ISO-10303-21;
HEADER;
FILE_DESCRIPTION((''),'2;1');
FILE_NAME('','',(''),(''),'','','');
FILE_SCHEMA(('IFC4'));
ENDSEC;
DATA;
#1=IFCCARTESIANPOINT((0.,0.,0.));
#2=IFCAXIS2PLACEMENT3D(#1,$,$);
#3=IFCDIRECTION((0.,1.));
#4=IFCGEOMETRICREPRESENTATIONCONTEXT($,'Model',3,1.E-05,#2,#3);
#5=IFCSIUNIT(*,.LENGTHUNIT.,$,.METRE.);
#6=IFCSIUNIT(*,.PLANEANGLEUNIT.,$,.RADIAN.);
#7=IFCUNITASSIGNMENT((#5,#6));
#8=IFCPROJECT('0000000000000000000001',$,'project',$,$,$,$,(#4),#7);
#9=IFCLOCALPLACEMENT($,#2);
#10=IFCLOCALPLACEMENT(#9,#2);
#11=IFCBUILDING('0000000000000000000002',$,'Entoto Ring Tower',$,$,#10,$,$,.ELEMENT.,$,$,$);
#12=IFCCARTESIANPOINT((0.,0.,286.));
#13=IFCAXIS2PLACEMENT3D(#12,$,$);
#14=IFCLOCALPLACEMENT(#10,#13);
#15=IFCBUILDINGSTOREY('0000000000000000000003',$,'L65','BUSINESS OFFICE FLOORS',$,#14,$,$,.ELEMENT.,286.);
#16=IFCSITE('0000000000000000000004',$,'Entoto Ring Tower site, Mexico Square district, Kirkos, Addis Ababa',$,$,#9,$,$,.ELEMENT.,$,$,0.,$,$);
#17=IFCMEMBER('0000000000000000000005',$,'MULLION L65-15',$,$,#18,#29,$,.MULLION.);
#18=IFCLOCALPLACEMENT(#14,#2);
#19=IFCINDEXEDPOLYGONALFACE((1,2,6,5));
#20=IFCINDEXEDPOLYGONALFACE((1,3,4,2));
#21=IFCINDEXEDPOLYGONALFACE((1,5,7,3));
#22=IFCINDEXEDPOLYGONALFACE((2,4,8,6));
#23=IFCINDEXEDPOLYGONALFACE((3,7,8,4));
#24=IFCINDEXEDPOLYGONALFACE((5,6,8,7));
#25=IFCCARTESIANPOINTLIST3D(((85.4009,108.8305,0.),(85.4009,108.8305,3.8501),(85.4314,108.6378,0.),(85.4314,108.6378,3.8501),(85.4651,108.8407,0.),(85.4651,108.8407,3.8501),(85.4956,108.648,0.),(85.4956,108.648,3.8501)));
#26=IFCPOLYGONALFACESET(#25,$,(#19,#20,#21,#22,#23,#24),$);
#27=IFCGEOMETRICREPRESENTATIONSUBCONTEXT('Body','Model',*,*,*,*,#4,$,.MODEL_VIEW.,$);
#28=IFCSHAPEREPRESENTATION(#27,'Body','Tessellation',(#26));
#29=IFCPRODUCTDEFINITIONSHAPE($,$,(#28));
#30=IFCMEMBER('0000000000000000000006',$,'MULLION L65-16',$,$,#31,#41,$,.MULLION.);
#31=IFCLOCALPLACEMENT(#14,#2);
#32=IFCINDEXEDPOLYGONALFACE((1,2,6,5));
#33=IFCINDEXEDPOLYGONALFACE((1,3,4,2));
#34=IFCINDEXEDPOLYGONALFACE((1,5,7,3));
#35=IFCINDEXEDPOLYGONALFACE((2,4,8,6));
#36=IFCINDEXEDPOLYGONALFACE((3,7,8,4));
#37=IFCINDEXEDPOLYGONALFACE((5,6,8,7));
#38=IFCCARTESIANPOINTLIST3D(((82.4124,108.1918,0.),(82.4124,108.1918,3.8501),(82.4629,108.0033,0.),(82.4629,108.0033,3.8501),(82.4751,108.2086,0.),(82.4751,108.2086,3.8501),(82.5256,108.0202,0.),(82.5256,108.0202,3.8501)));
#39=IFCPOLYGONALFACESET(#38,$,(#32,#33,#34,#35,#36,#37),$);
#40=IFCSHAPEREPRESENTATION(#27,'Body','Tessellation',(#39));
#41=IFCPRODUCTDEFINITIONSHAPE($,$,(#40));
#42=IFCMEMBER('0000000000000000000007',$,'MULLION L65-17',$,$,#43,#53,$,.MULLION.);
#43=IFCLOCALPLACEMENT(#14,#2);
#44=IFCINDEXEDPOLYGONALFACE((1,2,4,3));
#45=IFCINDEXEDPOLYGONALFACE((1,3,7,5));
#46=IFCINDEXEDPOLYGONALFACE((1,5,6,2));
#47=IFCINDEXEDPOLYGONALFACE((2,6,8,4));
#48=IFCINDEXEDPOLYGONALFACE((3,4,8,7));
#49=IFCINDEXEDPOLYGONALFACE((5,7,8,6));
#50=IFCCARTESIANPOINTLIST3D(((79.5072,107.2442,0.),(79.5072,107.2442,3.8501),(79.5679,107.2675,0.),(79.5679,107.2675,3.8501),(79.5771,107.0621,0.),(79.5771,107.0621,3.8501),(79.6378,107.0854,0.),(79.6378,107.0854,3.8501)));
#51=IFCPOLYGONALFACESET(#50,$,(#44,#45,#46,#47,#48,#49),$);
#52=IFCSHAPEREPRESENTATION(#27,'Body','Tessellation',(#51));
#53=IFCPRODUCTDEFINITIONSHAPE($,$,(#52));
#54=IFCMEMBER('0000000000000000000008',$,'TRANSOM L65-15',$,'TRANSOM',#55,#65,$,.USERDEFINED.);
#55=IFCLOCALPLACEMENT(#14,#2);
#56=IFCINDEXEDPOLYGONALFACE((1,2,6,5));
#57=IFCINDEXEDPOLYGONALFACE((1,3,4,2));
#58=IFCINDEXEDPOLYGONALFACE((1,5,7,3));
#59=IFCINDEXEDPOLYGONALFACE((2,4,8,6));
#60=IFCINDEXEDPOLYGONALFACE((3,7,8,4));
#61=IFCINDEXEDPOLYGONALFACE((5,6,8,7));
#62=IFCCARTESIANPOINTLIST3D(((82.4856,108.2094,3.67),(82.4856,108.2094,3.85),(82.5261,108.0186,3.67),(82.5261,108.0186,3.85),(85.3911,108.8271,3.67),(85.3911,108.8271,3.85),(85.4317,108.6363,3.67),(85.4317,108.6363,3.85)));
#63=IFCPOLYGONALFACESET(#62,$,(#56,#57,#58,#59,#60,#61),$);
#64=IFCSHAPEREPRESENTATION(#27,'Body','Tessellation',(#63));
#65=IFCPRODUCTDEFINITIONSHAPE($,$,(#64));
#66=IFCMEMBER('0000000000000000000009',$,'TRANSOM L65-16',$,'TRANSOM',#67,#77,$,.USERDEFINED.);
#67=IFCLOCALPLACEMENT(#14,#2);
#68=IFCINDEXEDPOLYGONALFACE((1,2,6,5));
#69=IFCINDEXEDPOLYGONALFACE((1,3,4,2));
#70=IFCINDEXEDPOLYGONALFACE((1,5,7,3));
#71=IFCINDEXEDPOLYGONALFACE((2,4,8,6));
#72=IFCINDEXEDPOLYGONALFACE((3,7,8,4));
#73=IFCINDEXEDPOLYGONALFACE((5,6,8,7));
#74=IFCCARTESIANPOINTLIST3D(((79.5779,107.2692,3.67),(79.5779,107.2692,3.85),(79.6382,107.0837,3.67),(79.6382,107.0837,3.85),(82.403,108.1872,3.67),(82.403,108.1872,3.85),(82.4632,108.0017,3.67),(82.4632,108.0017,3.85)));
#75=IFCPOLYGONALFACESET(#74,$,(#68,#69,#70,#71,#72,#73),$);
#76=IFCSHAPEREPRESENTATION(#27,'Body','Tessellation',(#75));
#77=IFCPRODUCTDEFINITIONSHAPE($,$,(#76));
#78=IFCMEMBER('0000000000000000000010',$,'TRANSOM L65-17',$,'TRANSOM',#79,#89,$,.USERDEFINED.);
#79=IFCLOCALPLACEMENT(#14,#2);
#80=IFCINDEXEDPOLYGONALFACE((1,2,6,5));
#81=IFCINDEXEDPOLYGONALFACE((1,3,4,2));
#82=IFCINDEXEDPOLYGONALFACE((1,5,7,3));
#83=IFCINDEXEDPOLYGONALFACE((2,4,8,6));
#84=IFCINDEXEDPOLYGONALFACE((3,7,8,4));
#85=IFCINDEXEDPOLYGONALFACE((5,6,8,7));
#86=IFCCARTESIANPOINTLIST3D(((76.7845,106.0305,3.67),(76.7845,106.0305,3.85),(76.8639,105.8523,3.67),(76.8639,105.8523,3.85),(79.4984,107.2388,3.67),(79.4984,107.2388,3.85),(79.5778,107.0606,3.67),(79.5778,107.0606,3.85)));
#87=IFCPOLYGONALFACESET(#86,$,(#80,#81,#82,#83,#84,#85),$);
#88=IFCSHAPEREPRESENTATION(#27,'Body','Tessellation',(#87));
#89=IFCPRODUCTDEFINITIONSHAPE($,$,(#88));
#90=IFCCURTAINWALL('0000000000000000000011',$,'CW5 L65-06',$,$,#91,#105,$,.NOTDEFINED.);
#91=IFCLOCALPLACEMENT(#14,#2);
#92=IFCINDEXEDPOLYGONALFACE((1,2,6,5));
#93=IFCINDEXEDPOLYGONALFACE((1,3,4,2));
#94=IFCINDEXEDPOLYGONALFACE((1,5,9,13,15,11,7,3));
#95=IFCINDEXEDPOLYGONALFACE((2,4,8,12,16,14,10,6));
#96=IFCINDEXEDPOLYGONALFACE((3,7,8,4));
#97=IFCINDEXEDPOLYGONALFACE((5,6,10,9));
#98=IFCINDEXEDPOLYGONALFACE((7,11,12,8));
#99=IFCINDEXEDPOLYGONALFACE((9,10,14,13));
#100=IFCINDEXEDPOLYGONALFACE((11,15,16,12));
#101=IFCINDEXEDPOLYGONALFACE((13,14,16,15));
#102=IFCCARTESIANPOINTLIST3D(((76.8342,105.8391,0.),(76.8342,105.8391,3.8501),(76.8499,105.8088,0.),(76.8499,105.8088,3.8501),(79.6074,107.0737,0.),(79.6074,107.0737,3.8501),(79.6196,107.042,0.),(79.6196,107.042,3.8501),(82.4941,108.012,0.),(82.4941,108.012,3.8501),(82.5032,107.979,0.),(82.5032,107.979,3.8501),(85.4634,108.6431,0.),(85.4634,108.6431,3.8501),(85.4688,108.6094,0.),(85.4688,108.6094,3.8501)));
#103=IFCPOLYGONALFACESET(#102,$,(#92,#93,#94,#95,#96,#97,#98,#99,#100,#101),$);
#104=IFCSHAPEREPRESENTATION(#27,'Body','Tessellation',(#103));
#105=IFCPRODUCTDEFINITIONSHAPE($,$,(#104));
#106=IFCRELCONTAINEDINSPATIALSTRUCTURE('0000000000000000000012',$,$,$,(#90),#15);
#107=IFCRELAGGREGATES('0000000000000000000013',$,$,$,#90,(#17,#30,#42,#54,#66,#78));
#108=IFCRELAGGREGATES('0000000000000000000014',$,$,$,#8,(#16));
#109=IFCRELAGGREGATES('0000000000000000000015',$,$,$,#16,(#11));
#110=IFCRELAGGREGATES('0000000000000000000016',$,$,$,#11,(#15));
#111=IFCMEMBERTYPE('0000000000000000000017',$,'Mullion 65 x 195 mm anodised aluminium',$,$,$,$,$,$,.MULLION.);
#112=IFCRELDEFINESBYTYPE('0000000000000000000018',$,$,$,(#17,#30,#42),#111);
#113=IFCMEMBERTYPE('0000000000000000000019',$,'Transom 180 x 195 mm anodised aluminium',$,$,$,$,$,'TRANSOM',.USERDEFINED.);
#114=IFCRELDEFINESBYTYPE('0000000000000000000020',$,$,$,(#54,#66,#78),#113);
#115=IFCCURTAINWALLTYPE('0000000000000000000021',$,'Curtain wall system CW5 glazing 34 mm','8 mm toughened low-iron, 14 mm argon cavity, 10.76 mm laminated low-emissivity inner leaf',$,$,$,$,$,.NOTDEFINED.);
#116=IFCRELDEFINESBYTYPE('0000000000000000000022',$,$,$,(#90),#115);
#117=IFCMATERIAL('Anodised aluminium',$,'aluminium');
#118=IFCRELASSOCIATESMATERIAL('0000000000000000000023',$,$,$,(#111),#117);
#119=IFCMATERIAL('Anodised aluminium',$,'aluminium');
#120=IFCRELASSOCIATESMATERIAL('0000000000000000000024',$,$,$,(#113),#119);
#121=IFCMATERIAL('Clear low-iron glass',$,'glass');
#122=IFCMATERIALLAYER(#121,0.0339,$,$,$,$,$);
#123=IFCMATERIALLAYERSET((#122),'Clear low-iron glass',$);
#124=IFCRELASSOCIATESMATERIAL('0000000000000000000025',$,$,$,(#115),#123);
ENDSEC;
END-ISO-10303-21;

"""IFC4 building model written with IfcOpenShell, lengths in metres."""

from ifc_helpers import new_model, si_unit, direction, frame, origin, origin_2d, place, context, subcontext, project, spatial, polyline, rectangle, outline, extrude, material, layer, layer_set, material_profile, profile_set, type_object, element, aggregate, save


model = new_model("IFC4")

# Units and contexts
model_context = context("Model", 3, precision=1e-05, world=origin(), true_north=direction((0.0, 1.0)))
body_context = subcontext(model_context, "Body", "Model", "MODEL_VIEW")
ifc_project = project(units=[si_unit("LENGTHUNIT", "METRE"), si_unit("PLANEANGLEUNIT", "RADIAN")], contexts=[model_context])

# Members
ifc_material_1 = material(Name="Anodised aluminium", Category="aluminium")
ifc_material_profile_1 = material_profile(ifc_material_1, rectangle(XDim=0.0649, YDim=0.1951, at=origin_2d()), Name="Mullion 65 x 195 mm anodised aluminium")
ifc_profile_set_1 = profile_set([ifc_material_profile_1], Name="Anodised aluminium")
member_type_1 = type_object("IfcMemberType", Name="Mullion 65 x 195 mm anodised aluminium", PredefinedType="MULLION", material=ifc_profile_set_1)
site_placement = place(None, origin())
building_placement = place(site_placement, origin())
storey_placement = place(building_placement, frame((0.0, 0.0, 286.0)))
member_1_placement = place(storey_placement, frame((85.4482, 108.7393, 0.0), z_axis=(0.0, 0.0, 1.0), x_axis=(-0.987688, -0.156434, 0.0)))
member_1 = element("IfcMember", 1, at=member_1_placement, type_object=member_type_1, Name="MULLION L65-15", PredefinedType="MULLION", context=body_context, shape_type="SweptSolid", body=[
    extrude(rectangle(XDim=0.0649, YDim=0.1951, at=origin_2d()), origin(), (0.0, 0.0, 1.0), 3.8501),
])
member_2_placement = place(storey_placement, frame((82.469, 108.106, 0.0), z_axis=(0.0, 0.0, 1.0), x_axis=(-0.965926, -0.258819, 0.0)))
member_2 = element("IfcMember", 2, at=member_2_placement, type_object=member_type_1, Name="MULLION L65-16", PredefinedType="MULLION", context=body_context, shape_type="SweptSolid", body=[
    extrude(rectangle(XDim=0.0649, YDim=0.1951, at=origin_2d()), origin(), (0.0, 0.0, 1.0), 3.8501),
])
member_3_placement = place(storey_placement, frame((79.5725, 107.1648, 0.0), z_axis=(0.0, 0.0, 1.0), x_axis=(-0.93358, -0.358368, 0.0)))
member_3 = element("IfcMember", 3, at=member_3_placement, type_object=member_type_1, Name="MULLION L65-17", PredefinedType="MULLION", context=body_context, shape_type="SweptSolid", body=[
    extrude(rectangle(XDim=0.0649, YDim=0.1951, at=origin_2d()), origin(), (0.0, 0.0, 1.0), 3.8501),
])
ifc_material_2 = material(Name="Anodised aluminium", Category="aluminium")
ifc_material_profile_2 = material_profile(ifc_material_2, rectangle(XDim=0.1951, YDim=0.1799, at=origin_2d()), Name="Transom 180 x 195 mm anodised aluminium")
ifc_profile_set_2 = profile_set([ifc_material_profile_2], Name="Anodised aluminium")
member_type_2 = type_object("IfcMemberType", Name="Transom 180 x 195 mm anodised aluminium", ElementType="TRANSOM", PredefinedType="USERDEFINED", material=ifc_profile_set_2)
member_4_placement = place(storey_placement, frame((85.4114, 108.7317, 3.76), z_axis=(-0.978142, -0.20794, 0.0), x_axis=(0.20794, -0.978142, 0.0)))
member_4 = element("IfcMember", 4, at=member_4_placement, type_object=member_type_2, Name="TRANSOM L65-15", ObjectType="TRANSOM", PredefinedType="USERDEFINED", context=body_context, shape_type="SweptSolid", body=[
    extrude(rectangle(XDim=0.1951, YDim=0.1799, at=origin_2d()), origin(), (0.0, 0.0, 1.0), 2.9705),
])
member_5_placement = place(storey_placement, frame((82.4331, 108.0945, 3.76), z_axis=(-0.951048, -0.309043, 0.0), x_axis=(0.309043, -0.951048, 0.0)))
member_5 = element("IfcMember", 5, at=member_5_placement, type_object=member_type_2, Name="TRANSOM L65-16", ObjectType="TRANSOM", PredefinedType="USERDEFINED", context=body_context, shape_type="SweptSolid", body=[
    extrude(rectangle(XDim=0.1951, YDim=0.1799, at=origin_2d()), origin(), (0.0, 0.0, 1.0), 2.9705),
])
member_6_placement = place(storey_placement, frame((79.5381, 107.1497, 3.76), z_axis=(-0.91355, -0.406726, 0.0), x_axis=(0.406726, -0.91355, 0.0)))
member_6 = element("IfcMember", 6, at=member_6_placement, type_object=member_type_2, Name="TRANSOM L65-17", ObjectType="TRANSOM", PredefinedType="USERDEFINED", context=body_context, shape_type="SweptSolid", body=[
    extrude(rectangle(XDim=0.1951, YDim=0.1799, at=origin_2d()), origin(), (0.0, 0.0, 1.0), 2.9707),
])

# Site, building, storey
site = spatial("IfcSite", under=ifc_project, at=site_placement, Name="Entoto Ring Tower site, Mexico Square district, Kirkos, Addis Ababa", CompositionType="ELEMENT", RefElevation=0.0)
building = spatial("IfcBuilding", under=site, at=building_placement, Name="Entoto Ring Tower", CompositionType="ELEMENT")
storey = spatial("IfcBuildingStorey", under=building, at=storey_placement, Name="L65", Description="BUSINESS OFFICE FLOORS", CompositionType="ELEMENT", Elevation=286.0)

# Curtain wall
ifc_material_3 = material(Name="Clear low-iron glass", Category="glass")
ifc_layer = layer(ifc_material_3, 0.0339)
ifc_layer_set = layer_set([ifc_layer], Name="Clear low-iron glass")
curtain_wall_type = type_object("IfcCurtainWallType", Name="Curtain wall system CW5 glazing 34 mm", Description="8 mm toughened low-iron, 14 mm argon cavity, 10.76 mm laminated low-emissivity inner leaf", PredefinedType="NOTDEFINED", material=ifc_layer_set)
curtain_wall_1_placement = place(storey_placement, origin())
curtain_wall_1 = element("IfcCurtainWall", 7, at=curtain_wall_1_placement, inside=storey, type_object=curtain_wall_type, Name="CW5 L65-06", PredefinedType="NOTDEFINED", context=body_context, shape_type="SweptSolid", body=[
    extrude(outline(polyline([(85.4634, 108.6431), (82.4941, 108.012), (79.6074, 107.0737), (76.8342, 105.8391), (76.8499, 105.8088), (79.6196, 107.042), (82.5032, 107.979), (85.4688, 108.6094), (85.4634, 108.6431)])), origin(), (0.0, 0.0, 1.0), 3.8501),
])
aggregate(curtain_wall_1, [member_1, member_2, member_3, member_4, member_5, member_6])

save(model, "model.ifc")
